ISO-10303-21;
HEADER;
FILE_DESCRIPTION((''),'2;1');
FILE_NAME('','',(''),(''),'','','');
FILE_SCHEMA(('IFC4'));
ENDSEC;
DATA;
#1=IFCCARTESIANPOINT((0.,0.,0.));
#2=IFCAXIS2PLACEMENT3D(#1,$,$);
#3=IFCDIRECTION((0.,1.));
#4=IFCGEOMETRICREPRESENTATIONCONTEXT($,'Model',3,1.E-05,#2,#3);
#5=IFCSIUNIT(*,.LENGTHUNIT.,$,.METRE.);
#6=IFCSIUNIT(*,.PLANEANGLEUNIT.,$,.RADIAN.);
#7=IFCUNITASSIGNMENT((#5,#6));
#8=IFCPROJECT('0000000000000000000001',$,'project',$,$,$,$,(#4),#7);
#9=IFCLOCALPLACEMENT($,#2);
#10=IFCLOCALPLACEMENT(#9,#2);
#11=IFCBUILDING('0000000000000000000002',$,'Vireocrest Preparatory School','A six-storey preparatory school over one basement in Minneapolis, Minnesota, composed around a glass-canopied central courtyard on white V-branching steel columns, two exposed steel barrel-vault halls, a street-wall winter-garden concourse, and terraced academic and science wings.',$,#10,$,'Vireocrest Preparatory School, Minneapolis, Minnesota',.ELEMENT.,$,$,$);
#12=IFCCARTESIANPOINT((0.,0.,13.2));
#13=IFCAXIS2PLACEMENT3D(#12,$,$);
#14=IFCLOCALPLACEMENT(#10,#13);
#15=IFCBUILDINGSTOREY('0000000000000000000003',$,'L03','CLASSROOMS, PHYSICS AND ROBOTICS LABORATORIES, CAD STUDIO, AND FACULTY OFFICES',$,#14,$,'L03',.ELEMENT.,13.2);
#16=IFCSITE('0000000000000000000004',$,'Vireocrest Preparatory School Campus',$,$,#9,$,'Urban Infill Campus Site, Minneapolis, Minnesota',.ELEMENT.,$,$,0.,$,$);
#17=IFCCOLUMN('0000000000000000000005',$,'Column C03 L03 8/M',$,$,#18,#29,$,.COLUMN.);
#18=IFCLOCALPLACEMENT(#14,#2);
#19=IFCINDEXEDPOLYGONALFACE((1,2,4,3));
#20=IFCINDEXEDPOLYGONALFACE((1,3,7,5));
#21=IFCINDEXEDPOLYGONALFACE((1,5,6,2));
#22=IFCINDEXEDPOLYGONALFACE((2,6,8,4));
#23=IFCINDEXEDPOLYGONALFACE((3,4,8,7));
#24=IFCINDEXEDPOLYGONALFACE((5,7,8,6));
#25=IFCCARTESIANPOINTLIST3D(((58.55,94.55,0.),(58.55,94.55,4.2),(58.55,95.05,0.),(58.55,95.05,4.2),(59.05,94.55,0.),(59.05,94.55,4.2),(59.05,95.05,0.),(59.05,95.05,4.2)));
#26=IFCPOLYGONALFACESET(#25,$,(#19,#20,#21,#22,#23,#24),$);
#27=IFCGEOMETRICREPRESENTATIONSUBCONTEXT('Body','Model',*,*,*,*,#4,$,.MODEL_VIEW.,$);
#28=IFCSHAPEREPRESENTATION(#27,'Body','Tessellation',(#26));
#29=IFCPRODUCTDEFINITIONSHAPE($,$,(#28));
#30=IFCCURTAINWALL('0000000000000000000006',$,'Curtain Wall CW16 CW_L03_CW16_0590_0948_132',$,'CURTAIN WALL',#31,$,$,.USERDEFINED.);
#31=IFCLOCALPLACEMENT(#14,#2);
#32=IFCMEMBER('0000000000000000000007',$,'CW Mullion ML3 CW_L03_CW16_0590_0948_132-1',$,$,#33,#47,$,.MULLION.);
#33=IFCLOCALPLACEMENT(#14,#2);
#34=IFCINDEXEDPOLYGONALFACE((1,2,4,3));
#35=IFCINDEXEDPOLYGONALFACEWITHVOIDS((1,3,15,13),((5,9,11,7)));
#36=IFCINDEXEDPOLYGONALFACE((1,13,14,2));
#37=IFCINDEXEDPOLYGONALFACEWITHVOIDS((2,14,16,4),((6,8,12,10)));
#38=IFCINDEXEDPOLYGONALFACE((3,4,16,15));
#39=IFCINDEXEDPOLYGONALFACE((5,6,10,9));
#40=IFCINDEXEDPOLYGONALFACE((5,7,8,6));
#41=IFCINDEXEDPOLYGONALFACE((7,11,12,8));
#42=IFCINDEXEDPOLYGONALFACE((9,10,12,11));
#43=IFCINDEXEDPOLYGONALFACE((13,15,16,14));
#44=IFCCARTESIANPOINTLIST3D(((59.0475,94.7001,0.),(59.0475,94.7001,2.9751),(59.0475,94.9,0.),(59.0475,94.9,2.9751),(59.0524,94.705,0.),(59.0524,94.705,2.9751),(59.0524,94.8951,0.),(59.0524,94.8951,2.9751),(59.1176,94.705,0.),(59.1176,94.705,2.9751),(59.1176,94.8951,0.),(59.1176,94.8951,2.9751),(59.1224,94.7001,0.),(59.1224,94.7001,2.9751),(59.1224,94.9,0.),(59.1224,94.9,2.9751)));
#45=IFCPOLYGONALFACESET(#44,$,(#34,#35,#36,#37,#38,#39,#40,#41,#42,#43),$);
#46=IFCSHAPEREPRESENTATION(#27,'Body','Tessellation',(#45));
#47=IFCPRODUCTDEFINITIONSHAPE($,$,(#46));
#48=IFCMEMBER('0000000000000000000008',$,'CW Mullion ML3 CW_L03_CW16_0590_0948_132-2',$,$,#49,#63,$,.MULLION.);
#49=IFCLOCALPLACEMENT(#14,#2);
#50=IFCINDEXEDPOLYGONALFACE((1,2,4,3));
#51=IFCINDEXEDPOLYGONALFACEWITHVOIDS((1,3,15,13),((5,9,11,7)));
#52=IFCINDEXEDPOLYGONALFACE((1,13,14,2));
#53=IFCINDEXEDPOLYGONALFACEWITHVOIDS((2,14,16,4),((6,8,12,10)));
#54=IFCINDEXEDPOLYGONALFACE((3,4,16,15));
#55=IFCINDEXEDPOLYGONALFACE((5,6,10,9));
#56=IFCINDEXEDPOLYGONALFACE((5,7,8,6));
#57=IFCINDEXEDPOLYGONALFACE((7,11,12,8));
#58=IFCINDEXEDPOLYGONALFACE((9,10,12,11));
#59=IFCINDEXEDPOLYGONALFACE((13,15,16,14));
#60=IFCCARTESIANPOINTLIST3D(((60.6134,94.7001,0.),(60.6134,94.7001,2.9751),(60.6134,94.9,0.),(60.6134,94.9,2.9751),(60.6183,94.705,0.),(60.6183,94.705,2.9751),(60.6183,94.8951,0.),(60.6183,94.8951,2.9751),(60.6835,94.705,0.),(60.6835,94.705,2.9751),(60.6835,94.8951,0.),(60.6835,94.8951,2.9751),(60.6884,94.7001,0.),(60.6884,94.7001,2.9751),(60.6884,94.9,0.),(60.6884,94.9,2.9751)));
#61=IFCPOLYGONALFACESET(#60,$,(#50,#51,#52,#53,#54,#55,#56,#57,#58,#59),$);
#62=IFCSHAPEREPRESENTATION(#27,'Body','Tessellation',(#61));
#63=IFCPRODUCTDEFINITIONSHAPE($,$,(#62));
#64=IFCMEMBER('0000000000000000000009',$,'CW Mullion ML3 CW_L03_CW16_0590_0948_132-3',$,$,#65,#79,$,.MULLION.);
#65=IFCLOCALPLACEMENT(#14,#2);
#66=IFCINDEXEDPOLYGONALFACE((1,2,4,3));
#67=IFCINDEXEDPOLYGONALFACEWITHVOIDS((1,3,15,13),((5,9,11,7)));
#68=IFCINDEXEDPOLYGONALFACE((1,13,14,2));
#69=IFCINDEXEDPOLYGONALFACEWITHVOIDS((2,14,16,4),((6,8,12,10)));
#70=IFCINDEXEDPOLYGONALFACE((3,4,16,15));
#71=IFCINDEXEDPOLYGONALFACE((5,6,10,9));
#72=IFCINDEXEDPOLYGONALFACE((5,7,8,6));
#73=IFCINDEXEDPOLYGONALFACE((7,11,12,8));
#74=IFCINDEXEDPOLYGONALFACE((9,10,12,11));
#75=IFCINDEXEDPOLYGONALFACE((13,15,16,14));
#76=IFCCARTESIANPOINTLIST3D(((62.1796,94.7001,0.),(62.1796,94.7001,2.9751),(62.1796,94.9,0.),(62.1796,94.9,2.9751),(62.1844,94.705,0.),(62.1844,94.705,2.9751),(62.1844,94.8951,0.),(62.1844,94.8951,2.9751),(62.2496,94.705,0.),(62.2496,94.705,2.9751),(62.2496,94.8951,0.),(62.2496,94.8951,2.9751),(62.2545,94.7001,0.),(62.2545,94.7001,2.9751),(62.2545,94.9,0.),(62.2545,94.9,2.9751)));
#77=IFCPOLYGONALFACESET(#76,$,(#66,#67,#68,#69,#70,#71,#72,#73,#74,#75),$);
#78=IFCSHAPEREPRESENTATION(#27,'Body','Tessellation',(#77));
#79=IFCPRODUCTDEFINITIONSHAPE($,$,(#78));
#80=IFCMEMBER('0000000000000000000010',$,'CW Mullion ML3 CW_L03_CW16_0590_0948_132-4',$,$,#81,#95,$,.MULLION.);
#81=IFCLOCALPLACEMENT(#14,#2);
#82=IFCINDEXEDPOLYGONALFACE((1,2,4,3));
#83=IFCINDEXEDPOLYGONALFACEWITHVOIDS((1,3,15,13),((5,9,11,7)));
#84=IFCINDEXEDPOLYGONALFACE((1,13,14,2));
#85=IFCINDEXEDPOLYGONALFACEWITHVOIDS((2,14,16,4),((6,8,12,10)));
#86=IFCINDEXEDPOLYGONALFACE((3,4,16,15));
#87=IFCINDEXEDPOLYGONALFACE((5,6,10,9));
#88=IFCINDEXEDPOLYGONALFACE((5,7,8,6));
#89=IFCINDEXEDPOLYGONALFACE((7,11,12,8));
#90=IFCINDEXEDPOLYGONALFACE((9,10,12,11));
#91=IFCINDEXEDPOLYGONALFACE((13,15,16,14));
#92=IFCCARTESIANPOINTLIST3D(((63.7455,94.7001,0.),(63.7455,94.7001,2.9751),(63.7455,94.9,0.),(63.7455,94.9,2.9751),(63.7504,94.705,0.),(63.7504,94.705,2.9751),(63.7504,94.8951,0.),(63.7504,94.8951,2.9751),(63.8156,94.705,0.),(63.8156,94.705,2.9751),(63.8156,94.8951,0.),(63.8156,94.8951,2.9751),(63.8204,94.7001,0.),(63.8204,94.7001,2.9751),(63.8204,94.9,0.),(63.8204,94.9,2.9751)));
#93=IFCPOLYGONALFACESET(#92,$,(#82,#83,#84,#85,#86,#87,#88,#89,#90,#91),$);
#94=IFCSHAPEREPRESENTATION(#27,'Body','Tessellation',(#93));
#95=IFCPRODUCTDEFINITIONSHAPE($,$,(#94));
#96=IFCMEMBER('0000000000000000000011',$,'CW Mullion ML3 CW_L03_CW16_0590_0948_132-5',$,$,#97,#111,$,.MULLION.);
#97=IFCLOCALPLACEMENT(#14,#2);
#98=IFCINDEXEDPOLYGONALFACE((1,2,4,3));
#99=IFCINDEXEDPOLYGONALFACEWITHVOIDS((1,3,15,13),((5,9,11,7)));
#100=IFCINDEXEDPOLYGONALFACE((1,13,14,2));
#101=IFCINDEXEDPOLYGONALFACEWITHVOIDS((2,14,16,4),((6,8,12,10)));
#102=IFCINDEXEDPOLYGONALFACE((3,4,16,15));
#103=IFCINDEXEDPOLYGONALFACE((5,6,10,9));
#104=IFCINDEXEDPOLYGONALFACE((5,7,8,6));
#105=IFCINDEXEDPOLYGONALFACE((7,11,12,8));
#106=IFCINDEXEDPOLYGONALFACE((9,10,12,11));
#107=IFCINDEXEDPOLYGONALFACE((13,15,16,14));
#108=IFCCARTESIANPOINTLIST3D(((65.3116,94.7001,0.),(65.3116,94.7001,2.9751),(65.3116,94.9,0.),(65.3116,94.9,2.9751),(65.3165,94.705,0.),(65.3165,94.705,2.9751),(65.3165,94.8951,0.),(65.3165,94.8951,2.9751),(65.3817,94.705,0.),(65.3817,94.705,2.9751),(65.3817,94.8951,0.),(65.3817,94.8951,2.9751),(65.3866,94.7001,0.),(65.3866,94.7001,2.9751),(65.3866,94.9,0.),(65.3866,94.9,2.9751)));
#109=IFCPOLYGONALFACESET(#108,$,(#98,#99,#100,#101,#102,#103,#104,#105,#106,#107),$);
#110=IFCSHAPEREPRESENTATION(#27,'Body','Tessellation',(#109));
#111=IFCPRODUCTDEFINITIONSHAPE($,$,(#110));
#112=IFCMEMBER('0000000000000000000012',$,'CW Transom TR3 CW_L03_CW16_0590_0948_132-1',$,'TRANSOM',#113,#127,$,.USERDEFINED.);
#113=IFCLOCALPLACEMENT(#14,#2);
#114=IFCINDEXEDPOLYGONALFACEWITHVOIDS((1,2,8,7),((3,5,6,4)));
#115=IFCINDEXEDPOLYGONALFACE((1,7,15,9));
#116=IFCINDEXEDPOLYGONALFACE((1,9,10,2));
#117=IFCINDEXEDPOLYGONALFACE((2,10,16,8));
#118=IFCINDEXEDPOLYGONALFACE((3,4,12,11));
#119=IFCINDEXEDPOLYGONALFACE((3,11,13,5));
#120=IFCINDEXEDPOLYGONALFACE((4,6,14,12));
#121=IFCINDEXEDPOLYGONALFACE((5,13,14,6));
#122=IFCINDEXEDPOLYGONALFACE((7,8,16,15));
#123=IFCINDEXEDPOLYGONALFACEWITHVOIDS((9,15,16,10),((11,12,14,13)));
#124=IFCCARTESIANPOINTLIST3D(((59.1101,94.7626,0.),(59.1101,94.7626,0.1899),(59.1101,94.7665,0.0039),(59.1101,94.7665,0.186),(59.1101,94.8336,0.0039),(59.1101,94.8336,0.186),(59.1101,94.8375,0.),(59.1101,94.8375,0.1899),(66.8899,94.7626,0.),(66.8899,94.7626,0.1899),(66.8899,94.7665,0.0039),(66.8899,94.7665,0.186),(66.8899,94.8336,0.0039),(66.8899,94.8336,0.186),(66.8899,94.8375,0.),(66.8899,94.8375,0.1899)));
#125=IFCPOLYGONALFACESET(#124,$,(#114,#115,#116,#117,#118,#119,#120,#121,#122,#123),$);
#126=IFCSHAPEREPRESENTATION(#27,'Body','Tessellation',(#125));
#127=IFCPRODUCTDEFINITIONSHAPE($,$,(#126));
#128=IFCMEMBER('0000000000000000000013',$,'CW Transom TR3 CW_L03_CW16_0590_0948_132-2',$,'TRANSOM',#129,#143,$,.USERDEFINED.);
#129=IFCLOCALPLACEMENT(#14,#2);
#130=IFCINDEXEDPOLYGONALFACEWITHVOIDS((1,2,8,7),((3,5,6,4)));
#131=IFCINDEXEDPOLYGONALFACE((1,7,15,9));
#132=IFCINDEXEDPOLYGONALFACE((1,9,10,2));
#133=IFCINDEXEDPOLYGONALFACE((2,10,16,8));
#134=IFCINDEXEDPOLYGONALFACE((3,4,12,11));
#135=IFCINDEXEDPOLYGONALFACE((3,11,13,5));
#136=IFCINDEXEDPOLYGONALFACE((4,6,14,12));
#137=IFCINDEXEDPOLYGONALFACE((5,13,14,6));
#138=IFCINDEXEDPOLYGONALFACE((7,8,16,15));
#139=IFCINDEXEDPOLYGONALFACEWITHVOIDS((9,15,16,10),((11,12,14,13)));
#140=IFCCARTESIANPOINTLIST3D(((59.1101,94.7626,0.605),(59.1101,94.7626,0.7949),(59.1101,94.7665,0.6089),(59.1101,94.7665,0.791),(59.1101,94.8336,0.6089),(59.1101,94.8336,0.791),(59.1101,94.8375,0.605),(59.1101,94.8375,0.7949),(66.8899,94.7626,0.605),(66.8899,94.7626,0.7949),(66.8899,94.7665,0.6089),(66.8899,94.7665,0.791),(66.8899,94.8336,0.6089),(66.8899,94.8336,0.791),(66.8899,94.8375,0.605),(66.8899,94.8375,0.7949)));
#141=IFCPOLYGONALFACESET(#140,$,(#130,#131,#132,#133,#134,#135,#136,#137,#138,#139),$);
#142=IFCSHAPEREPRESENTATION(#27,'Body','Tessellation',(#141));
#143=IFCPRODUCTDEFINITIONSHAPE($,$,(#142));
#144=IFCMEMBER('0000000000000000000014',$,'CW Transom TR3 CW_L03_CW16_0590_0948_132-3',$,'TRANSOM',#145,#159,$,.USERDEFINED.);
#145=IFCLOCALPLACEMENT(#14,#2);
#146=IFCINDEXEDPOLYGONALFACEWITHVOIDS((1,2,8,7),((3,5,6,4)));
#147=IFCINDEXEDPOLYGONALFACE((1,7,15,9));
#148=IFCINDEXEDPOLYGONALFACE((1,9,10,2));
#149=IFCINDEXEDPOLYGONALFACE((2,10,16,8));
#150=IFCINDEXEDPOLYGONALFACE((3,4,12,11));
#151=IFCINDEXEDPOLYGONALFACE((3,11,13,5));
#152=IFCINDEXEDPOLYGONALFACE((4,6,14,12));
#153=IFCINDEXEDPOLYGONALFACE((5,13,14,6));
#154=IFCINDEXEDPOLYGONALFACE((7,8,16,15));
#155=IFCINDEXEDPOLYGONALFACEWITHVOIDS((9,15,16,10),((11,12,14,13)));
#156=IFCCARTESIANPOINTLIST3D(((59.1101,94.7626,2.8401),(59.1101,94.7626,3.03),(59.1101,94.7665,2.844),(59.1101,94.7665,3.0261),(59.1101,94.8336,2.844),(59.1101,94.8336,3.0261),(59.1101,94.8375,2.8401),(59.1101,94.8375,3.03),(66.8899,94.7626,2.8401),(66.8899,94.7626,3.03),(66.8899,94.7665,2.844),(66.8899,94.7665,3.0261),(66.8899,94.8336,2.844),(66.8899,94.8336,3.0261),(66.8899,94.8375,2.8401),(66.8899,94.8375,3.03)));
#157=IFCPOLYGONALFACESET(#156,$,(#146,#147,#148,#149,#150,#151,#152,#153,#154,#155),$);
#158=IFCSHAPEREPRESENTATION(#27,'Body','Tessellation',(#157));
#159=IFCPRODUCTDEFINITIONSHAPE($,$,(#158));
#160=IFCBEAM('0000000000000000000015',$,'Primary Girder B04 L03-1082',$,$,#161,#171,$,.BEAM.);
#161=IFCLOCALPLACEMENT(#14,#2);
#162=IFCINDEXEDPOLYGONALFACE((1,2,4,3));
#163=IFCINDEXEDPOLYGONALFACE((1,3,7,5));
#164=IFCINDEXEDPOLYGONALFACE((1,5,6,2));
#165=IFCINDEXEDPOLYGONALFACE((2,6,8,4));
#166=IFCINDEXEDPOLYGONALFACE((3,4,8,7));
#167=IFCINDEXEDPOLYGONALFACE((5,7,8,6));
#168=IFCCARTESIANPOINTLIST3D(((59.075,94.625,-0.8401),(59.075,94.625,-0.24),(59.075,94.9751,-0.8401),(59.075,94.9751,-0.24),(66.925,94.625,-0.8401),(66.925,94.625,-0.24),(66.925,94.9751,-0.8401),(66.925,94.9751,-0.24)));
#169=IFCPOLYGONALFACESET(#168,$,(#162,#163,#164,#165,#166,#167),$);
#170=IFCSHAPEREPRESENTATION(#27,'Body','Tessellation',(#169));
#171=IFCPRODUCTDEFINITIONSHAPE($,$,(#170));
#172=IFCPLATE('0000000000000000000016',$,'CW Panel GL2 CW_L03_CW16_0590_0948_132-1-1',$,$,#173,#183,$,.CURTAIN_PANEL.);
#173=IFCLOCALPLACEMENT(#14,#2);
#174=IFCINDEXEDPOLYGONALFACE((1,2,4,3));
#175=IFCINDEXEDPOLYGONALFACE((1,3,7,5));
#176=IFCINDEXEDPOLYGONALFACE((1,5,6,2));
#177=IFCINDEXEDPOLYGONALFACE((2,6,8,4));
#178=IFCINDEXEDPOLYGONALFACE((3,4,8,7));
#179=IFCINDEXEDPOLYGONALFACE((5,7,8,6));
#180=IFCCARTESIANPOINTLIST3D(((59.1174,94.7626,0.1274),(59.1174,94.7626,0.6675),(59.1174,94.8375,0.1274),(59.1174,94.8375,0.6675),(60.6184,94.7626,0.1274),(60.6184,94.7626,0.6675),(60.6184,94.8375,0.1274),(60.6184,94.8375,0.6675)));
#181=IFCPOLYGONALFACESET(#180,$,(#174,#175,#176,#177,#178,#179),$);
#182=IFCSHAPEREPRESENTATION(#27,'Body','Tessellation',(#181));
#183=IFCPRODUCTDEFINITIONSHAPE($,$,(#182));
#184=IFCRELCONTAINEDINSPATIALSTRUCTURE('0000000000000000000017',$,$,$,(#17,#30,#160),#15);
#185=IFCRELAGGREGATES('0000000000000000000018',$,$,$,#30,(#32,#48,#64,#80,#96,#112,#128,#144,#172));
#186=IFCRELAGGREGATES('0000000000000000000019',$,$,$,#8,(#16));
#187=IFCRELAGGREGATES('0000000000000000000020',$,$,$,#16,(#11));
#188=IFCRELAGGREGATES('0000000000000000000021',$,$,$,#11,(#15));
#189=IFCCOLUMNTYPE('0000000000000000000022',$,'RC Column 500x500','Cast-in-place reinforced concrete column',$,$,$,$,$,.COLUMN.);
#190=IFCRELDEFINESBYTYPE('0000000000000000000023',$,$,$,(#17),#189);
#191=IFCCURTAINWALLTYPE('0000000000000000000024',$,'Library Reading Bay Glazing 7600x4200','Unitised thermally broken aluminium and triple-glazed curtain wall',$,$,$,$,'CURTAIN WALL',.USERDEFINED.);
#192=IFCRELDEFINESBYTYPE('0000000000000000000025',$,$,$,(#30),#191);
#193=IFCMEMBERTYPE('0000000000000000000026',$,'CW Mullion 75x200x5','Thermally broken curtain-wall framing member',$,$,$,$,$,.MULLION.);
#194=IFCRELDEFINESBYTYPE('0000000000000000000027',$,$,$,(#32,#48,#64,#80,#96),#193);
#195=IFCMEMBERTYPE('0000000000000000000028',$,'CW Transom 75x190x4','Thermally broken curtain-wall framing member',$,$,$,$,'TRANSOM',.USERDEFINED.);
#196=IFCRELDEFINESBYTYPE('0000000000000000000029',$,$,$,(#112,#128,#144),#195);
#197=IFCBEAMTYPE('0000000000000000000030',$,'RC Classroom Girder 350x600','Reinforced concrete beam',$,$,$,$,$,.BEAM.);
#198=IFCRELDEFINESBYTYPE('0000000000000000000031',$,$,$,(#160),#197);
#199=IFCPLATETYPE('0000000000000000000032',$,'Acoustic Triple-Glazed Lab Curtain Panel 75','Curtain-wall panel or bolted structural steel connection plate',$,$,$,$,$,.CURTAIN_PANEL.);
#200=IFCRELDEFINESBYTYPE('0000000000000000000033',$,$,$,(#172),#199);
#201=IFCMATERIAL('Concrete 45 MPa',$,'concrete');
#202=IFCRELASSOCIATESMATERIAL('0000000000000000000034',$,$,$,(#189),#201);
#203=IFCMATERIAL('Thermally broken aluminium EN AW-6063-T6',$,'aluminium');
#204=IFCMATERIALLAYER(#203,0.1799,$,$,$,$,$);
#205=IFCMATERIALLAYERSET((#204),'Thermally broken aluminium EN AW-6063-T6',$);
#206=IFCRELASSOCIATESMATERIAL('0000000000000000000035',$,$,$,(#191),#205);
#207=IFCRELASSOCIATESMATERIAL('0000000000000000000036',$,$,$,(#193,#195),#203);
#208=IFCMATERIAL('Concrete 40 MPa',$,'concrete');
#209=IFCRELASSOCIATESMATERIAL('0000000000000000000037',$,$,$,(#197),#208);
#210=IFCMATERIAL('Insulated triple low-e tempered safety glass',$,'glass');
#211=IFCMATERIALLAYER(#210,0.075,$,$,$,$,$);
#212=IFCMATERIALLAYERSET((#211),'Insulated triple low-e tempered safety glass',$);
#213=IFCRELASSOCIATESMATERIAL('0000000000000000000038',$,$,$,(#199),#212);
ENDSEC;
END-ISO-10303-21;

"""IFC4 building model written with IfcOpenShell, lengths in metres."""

from ifc_helpers import new_model, si_unit, direction, frame, origin, origin_2d, place, context, subcontext, project, spatial, rectangle, hollow_rectangle, extrude, material, layer, layer_set, material_profile, profile_set, type_object, element, aggregate, save


model = new_model("IFC4")

# Units and contexts
model_context = context("Model", 3, precision=1e-05, world=origin(), true_north=direction((0.0, 1.0)))
body_context = subcontext(model_context, "Body", "Model", "MODEL_VIEW")
ifc_project = project(units=[si_unit("LENGTHUNIT", "METRE"), si_unit("PLANEANGLEUNIT", "RADIAN")], contexts=[model_context])

# Site, building, storey
site_placement = place(None, origin())
site = spatial("IfcSite", under=ifc_project, at=site_placement, Name="Vireocrest Preparatory School Campus", LongName="Urban Infill Campus Site, Minneapolis, Minnesota", CompositionType="ELEMENT", RefElevation=0.0)
building_placement = place(site_placement, origin())
building = spatial("IfcBuilding", under=site, at=building_placement, Name="Vireocrest Preparatory School", Description="A six-storey preparatory school over one basement in Minneapolis, Minnesota, composed around a glass-canopied central courtyard on white V-branching steel columns, two exposed steel barrel-vault halls, a street-wall winter-garden concourse, and terraced academic and science wings.", LongName="Vireocrest Preparatory School, Minneapolis, Minnesota", CompositionType="ELEMENT")
storey_placement = place(building_placement, frame((0.0, 0.0, 13.2)))
storey = spatial("IfcBuildingStorey", under=building, at=storey_placement, Name="L03", Description="CLASSROOMS, PHYSICS AND ROBOTICS LABORATORIES, CAD STUDIO, AND FACULTY OFFICES", LongName="L03", CompositionType="ELEMENT", Elevation=13.2)

# Column
ifc_material_1 = material(Name="Concrete 45 MPa", Category="concrete")
ifc_material_profile_1 = material_profile(ifc_material_1, rectangle(XDim=0.5, YDim=0.5, at=origin_2d()), Name="RC 500x500")
ifc_profile_set_1 = profile_set([ifc_material_profile_1], Name="Concrete 45 MPa")
column_type = type_object("IfcColumnType", Name="RC Column 500x500", Description="Cast-in-place reinforced concrete column", PredefinedType="COLUMN", material=ifc_profile_set_1)
column_placement = place(storey_placement, frame((58.8, 94.8, 0.0), z_axis=(0.0, 0.0, 1.0), x_axis=(1.0, 0.0, 0.0)))
element("IfcColumn", 1, at=column_placement, inside=storey, type_object=column_type, Name="Column C03 L03 8/M", PredefinedType="COLUMN", context=body_context, shape_type="SweptSolid", body=[
    extrude(rectangle(XDim=0.5, YDim=0.5, at=origin_2d()), origin(), (0.0, 0.0, 1.0), 4.2),
])

# Curtain wall, members
ifc_material_2 = material(Name="Thermally broken aluminium EN AW-6063-T6", Category="aluminium")
ifc_layer_1 = layer(ifc_material_2, 0.1799)
ifc_layer_set_1 = layer_set([ifc_layer_1], Name="Thermally broken aluminium EN AW-6063-T6")
curtain_wall_type = type_object("IfcCurtainWallType", Name="Library Reading Bay Glazing 7600x4200", Description="Unitised thermally broken aluminium and triple-glazed curtain wall", ElementType="CURTAIN WALL", PredefinedType="USERDEFINED", material=ifc_layer_set_1)
curtain_wall_placement = place(storey_placement, origin())
curtain_wall = element("IfcCurtainWall", 2, at=curtain_wall_placement, inside=storey, type_object=curtain_wall_type, Name="Curtain Wall CW16 CW_L03_CW16_0590_0948_132", ObjectType="CURTAIN WALL", PredefinedType="USERDEFINED")
ifc_material_profile_2 = material_profile(ifc_material_2, hollow_rectangle(XDim=0.075, YDim=0.2, WallThickness=0.0049, at=origin_2d()), Name="ALU 75x200x5")
ifc_profile_set_2 = profile_set([ifc_material_profile_2], Name="Thermally broken aluminium EN AW-6063-T6")
member_type_1 = type_object("IfcMemberType", Name="CW Mullion 75x200x5", Description="Thermally broken curtain-wall framing member", PredefinedType="MULLION", material=ifc_profile_set_2)
member_1_placement = place(storey_placement, frame((59.085, 94.8, 0.0), z_axis=(0.0, 0.0, 1.0), x_axis=(1.0, 0.0, 0.0)))
member_1 = element("IfcMember", 3, at=member_1_placement, type_object=member_type_1, Name="CW Mullion ML3 CW_L03_CW16_0590_0948_132-1", PredefinedType="MULLION", context=body_context, shape_type="SweptSolid", body=[
    extrude(hollow_rectangle(XDim=0.075, YDim=0.2, WallThickness=0.0049, at=origin_2d()), origin(), (0.0, 0.0, 1.0), 2.9751),
])
member_2_placement = place(storey_placement, frame((60.6509, 94.8, 0.0), z_axis=(0.0, 0.0, 1.0), x_axis=(1.0, 0.0, 0.0)))
member_2 = element("IfcMember", 4, at=member_2_placement, type_object=member_type_1, Name="CW Mullion ML3 CW_L03_CW16_0590_0948_132-2", PredefinedType="MULLION", context=body_context, shape_type="SweptSolid", body=[
    extrude(hollow_rectangle(XDim=0.075, YDim=0.2, WallThickness=0.0049, at=origin_2d()), origin(), (0.0, 0.0, 1.0), 2.9751),
])
member_3_placement = place(storey_placement, frame((62.217, 94.8, 0.0), z_axis=(0.0, 0.0, 1.0), x_axis=(1.0, 0.0, 0.0)))
member_3 = element("IfcMember", 5, at=member_3_placement, type_object=member_type_1, Name="CW Mullion ML3 CW_L03_CW16_0590_0948_132-3", PredefinedType="MULLION", context=body_context, shape_type="SweptSolid", body=[
    extrude(hollow_rectangle(XDim=0.075, YDim=0.2, WallThickness=0.0049, at=origin_2d()), origin(), (0.0, 0.0, 1.0), 2.9751),
])
member_4_placement = place(storey_placement, frame((63.783, 94.8, 0.0), z_axis=(0.0, 0.0, 1.0), x_axis=(1.0, 0.0, 0.0)))
member_4 = element("IfcMember", 6, at=member_4_placement, type_object=member_type_1, Name="CW Mullion ML3 CW_L03_CW16_0590_0948_132-4", PredefinedType="MULLION", context=body_context, shape_type="SweptSolid", body=[
    extrude(hollow_rectangle(XDim=0.075, YDim=0.2, WallThickness=0.0049, at=origin_2d()), origin(), (0.0, 0.0, 1.0), 2.9751),
])
member_5_placement = place(storey_placement, frame((65.3491, 94.8, 0.0), z_axis=(0.0, 0.0, 1.0), x_axis=(1.0, 0.0, 0.0)))
member_5 = element("IfcMember", 7, at=member_5_placement, type_object=member_type_1, Name="CW Mullion ML3 CW_L03_CW16_0590_0948_132-5", PredefinedType="MULLION", context=body_context, shape_type="SweptSolid", body=[
    extrude(hollow_rectangle(XDim=0.075, YDim=0.2, WallThickness=0.0049, at=origin_2d()), origin(), (0.0, 0.0, 1.0), 2.9751),
])
ifc_material_profile_3 = material_profile(ifc_material_2, hollow_rectangle(XDim=0.075, YDim=0.1899, WallThickness=0.0039, at=origin_2d()), Name="ALU 75x190x4")
ifc_profile_set_3 = profile_set([ifc_material_profile_3], Name="Thermally broken aluminium EN AW-6063-T6")
member_type_2 = type_object("IfcMemberType", Name="CW Transom 75x190x4", Description="Thermally broken curtain-wall framing member", ElementType="TRANSOM", PredefinedType="USERDEFINED", material=ifc_profile_set_3)
member_6_placement = place(storey_placement, frame((59.1101, 94.8, 0.095), z_axis=(1.0, 0.0, 0.0), x_axis=(0.0, 1.0, 0.0)))
member_6 = element("IfcMember", 8, at=member_6_placement, type_object=member_type_2, Name="CW Transom TR3 CW_L03_CW16_0590_0948_132-1", ObjectType="TRANSOM", PredefinedType="USERDEFINED", context=body_context, shape_type="SweptSolid", body=[
    extrude(hollow_rectangle(XDim=0.075, YDim=0.1899, WallThickness=0.0039, at=origin_2d()), origin(), (0.0, 0.0, 1.0), 7.7798),
])
member_7_placement = place(storey_placement, frame((59.1101, 94.8, 0.7), z_axis=(1.0, 0.0, 0.0), x_axis=(0.0, 1.0, 0.0)))
member_7 = element("IfcMember", 9, at=member_7_placement, type_object=member_type_2, Name="CW Transom TR3 CW_L03_CW16_0590_0948_132-2", ObjectType="TRANSOM", PredefinedType="USERDEFINED", context=body_context, shape_type="SweptSolid", body=[
    extrude(hollow_rectangle(XDim=0.075, YDim=0.1899, WallThickness=0.0039, at=origin_2d()), origin(), (0.0, 0.0, 1.0), 7.7798),
])
member_8_placement = place(storey_placement, frame((59.1101, 94.8, 2.9351), z_axis=(1.0, 0.0, 0.0), x_axis=(0.0, 1.0, 0.0)))
member_8 = element("IfcMember", 10, at=member_8_placement, type_object=member_type_2, Name="CW Transom TR3 CW_L03_CW16_0590_0948_132-3", ObjectType="TRANSOM", PredefinedType="USERDEFINED", context=body_context, shape_type="SweptSolid", body=[
    extrude(hollow_rectangle(XDim=0.075, YDim=0.1899, WallThickness=0.0039, at=origin_2d()), origin(), (0.0, 0.0, 1.0), 7.7798),
])

# Beam
ifc_material_3 = material(Name="Concrete 40 MPa", Category="concrete")
ifc_material_profile_4 = material_profile(ifc_material_3, rectangle(XDim=0.3501, YDim=0.6001, at=origin_2d()), Name="RC 350x600")
ifc_profile_set_4 = profile_set([ifc_material_profile_4], Name="Concrete 40 MPa")
beam_type = type_object("IfcBeamType", Name="RC Classroom Girder 350x600", Description="Reinforced concrete beam", PredefinedType="BEAM", material=ifc_profile_set_4)
beam_placement = place(storey_placement, frame((59.075, 94.8, -0.54), z_axis=(1.0, 0.0, 0.0), x_axis=(0.0, 1.0, 0.0)))
element("IfcBeam", 11, at=beam_placement, inside=storey, type_object=beam_type, Name="Primary Girder B04 L03-1082", PredefinedType="BEAM", context=body_context, shape_type="SweptSolid", body=[
    extrude(rectangle(XDim=0.3501, YDim=0.6001, at=origin_2d()), origin(), (0.0, 0.0, 1.0), 7.8501),
])

# Plate
ifc_material_4 = material(Name="Insulated triple low-e tempered safety glass", Category="glass")
ifc_layer_2 = layer(ifc_material_4, 0.075)
ifc_layer_set_2 = layer_set([ifc_layer_2], Name="Insulated triple low-e tempered safety glass")
plate_type = type_object("IfcPlateType", Name="Acoustic Triple-Glazed Lab Curtain Panel 75", Description="Curtain-wall panel or bolted structural steel connection plate", PredefinedType="CURTAIN_PANEL", material=ifc_layer_set_2)
plate_1_placement = place(storey_placement, frame((59.8679, 94.8, 0.1274), z_axis=(0.0, 0.0, 1.0), x_axis=(1.0, 0.0, 0.0)))
plate_1 = element("IfcPlate", 12, at=plate_1_placement, type_object=plate_type, Name="CW Panel GL2 CW_L03_CW16_0590_0948_132-1-1", PredefinedType="CURTAIN_PANEL", context=body_context, shape_type="SweptSolid", body=[
    extrude(rectangle(XDim=1.501, YDim=0.075, at=origin_2d()), origin(), (0.0, 0.0, 1.0), 0.54),
])
aggregate(curtain_wall, [member_1, member_2, member_3, member_4, member_5, member_6, member_7, member_8, plate_1])

save(model, "model.ifc")
